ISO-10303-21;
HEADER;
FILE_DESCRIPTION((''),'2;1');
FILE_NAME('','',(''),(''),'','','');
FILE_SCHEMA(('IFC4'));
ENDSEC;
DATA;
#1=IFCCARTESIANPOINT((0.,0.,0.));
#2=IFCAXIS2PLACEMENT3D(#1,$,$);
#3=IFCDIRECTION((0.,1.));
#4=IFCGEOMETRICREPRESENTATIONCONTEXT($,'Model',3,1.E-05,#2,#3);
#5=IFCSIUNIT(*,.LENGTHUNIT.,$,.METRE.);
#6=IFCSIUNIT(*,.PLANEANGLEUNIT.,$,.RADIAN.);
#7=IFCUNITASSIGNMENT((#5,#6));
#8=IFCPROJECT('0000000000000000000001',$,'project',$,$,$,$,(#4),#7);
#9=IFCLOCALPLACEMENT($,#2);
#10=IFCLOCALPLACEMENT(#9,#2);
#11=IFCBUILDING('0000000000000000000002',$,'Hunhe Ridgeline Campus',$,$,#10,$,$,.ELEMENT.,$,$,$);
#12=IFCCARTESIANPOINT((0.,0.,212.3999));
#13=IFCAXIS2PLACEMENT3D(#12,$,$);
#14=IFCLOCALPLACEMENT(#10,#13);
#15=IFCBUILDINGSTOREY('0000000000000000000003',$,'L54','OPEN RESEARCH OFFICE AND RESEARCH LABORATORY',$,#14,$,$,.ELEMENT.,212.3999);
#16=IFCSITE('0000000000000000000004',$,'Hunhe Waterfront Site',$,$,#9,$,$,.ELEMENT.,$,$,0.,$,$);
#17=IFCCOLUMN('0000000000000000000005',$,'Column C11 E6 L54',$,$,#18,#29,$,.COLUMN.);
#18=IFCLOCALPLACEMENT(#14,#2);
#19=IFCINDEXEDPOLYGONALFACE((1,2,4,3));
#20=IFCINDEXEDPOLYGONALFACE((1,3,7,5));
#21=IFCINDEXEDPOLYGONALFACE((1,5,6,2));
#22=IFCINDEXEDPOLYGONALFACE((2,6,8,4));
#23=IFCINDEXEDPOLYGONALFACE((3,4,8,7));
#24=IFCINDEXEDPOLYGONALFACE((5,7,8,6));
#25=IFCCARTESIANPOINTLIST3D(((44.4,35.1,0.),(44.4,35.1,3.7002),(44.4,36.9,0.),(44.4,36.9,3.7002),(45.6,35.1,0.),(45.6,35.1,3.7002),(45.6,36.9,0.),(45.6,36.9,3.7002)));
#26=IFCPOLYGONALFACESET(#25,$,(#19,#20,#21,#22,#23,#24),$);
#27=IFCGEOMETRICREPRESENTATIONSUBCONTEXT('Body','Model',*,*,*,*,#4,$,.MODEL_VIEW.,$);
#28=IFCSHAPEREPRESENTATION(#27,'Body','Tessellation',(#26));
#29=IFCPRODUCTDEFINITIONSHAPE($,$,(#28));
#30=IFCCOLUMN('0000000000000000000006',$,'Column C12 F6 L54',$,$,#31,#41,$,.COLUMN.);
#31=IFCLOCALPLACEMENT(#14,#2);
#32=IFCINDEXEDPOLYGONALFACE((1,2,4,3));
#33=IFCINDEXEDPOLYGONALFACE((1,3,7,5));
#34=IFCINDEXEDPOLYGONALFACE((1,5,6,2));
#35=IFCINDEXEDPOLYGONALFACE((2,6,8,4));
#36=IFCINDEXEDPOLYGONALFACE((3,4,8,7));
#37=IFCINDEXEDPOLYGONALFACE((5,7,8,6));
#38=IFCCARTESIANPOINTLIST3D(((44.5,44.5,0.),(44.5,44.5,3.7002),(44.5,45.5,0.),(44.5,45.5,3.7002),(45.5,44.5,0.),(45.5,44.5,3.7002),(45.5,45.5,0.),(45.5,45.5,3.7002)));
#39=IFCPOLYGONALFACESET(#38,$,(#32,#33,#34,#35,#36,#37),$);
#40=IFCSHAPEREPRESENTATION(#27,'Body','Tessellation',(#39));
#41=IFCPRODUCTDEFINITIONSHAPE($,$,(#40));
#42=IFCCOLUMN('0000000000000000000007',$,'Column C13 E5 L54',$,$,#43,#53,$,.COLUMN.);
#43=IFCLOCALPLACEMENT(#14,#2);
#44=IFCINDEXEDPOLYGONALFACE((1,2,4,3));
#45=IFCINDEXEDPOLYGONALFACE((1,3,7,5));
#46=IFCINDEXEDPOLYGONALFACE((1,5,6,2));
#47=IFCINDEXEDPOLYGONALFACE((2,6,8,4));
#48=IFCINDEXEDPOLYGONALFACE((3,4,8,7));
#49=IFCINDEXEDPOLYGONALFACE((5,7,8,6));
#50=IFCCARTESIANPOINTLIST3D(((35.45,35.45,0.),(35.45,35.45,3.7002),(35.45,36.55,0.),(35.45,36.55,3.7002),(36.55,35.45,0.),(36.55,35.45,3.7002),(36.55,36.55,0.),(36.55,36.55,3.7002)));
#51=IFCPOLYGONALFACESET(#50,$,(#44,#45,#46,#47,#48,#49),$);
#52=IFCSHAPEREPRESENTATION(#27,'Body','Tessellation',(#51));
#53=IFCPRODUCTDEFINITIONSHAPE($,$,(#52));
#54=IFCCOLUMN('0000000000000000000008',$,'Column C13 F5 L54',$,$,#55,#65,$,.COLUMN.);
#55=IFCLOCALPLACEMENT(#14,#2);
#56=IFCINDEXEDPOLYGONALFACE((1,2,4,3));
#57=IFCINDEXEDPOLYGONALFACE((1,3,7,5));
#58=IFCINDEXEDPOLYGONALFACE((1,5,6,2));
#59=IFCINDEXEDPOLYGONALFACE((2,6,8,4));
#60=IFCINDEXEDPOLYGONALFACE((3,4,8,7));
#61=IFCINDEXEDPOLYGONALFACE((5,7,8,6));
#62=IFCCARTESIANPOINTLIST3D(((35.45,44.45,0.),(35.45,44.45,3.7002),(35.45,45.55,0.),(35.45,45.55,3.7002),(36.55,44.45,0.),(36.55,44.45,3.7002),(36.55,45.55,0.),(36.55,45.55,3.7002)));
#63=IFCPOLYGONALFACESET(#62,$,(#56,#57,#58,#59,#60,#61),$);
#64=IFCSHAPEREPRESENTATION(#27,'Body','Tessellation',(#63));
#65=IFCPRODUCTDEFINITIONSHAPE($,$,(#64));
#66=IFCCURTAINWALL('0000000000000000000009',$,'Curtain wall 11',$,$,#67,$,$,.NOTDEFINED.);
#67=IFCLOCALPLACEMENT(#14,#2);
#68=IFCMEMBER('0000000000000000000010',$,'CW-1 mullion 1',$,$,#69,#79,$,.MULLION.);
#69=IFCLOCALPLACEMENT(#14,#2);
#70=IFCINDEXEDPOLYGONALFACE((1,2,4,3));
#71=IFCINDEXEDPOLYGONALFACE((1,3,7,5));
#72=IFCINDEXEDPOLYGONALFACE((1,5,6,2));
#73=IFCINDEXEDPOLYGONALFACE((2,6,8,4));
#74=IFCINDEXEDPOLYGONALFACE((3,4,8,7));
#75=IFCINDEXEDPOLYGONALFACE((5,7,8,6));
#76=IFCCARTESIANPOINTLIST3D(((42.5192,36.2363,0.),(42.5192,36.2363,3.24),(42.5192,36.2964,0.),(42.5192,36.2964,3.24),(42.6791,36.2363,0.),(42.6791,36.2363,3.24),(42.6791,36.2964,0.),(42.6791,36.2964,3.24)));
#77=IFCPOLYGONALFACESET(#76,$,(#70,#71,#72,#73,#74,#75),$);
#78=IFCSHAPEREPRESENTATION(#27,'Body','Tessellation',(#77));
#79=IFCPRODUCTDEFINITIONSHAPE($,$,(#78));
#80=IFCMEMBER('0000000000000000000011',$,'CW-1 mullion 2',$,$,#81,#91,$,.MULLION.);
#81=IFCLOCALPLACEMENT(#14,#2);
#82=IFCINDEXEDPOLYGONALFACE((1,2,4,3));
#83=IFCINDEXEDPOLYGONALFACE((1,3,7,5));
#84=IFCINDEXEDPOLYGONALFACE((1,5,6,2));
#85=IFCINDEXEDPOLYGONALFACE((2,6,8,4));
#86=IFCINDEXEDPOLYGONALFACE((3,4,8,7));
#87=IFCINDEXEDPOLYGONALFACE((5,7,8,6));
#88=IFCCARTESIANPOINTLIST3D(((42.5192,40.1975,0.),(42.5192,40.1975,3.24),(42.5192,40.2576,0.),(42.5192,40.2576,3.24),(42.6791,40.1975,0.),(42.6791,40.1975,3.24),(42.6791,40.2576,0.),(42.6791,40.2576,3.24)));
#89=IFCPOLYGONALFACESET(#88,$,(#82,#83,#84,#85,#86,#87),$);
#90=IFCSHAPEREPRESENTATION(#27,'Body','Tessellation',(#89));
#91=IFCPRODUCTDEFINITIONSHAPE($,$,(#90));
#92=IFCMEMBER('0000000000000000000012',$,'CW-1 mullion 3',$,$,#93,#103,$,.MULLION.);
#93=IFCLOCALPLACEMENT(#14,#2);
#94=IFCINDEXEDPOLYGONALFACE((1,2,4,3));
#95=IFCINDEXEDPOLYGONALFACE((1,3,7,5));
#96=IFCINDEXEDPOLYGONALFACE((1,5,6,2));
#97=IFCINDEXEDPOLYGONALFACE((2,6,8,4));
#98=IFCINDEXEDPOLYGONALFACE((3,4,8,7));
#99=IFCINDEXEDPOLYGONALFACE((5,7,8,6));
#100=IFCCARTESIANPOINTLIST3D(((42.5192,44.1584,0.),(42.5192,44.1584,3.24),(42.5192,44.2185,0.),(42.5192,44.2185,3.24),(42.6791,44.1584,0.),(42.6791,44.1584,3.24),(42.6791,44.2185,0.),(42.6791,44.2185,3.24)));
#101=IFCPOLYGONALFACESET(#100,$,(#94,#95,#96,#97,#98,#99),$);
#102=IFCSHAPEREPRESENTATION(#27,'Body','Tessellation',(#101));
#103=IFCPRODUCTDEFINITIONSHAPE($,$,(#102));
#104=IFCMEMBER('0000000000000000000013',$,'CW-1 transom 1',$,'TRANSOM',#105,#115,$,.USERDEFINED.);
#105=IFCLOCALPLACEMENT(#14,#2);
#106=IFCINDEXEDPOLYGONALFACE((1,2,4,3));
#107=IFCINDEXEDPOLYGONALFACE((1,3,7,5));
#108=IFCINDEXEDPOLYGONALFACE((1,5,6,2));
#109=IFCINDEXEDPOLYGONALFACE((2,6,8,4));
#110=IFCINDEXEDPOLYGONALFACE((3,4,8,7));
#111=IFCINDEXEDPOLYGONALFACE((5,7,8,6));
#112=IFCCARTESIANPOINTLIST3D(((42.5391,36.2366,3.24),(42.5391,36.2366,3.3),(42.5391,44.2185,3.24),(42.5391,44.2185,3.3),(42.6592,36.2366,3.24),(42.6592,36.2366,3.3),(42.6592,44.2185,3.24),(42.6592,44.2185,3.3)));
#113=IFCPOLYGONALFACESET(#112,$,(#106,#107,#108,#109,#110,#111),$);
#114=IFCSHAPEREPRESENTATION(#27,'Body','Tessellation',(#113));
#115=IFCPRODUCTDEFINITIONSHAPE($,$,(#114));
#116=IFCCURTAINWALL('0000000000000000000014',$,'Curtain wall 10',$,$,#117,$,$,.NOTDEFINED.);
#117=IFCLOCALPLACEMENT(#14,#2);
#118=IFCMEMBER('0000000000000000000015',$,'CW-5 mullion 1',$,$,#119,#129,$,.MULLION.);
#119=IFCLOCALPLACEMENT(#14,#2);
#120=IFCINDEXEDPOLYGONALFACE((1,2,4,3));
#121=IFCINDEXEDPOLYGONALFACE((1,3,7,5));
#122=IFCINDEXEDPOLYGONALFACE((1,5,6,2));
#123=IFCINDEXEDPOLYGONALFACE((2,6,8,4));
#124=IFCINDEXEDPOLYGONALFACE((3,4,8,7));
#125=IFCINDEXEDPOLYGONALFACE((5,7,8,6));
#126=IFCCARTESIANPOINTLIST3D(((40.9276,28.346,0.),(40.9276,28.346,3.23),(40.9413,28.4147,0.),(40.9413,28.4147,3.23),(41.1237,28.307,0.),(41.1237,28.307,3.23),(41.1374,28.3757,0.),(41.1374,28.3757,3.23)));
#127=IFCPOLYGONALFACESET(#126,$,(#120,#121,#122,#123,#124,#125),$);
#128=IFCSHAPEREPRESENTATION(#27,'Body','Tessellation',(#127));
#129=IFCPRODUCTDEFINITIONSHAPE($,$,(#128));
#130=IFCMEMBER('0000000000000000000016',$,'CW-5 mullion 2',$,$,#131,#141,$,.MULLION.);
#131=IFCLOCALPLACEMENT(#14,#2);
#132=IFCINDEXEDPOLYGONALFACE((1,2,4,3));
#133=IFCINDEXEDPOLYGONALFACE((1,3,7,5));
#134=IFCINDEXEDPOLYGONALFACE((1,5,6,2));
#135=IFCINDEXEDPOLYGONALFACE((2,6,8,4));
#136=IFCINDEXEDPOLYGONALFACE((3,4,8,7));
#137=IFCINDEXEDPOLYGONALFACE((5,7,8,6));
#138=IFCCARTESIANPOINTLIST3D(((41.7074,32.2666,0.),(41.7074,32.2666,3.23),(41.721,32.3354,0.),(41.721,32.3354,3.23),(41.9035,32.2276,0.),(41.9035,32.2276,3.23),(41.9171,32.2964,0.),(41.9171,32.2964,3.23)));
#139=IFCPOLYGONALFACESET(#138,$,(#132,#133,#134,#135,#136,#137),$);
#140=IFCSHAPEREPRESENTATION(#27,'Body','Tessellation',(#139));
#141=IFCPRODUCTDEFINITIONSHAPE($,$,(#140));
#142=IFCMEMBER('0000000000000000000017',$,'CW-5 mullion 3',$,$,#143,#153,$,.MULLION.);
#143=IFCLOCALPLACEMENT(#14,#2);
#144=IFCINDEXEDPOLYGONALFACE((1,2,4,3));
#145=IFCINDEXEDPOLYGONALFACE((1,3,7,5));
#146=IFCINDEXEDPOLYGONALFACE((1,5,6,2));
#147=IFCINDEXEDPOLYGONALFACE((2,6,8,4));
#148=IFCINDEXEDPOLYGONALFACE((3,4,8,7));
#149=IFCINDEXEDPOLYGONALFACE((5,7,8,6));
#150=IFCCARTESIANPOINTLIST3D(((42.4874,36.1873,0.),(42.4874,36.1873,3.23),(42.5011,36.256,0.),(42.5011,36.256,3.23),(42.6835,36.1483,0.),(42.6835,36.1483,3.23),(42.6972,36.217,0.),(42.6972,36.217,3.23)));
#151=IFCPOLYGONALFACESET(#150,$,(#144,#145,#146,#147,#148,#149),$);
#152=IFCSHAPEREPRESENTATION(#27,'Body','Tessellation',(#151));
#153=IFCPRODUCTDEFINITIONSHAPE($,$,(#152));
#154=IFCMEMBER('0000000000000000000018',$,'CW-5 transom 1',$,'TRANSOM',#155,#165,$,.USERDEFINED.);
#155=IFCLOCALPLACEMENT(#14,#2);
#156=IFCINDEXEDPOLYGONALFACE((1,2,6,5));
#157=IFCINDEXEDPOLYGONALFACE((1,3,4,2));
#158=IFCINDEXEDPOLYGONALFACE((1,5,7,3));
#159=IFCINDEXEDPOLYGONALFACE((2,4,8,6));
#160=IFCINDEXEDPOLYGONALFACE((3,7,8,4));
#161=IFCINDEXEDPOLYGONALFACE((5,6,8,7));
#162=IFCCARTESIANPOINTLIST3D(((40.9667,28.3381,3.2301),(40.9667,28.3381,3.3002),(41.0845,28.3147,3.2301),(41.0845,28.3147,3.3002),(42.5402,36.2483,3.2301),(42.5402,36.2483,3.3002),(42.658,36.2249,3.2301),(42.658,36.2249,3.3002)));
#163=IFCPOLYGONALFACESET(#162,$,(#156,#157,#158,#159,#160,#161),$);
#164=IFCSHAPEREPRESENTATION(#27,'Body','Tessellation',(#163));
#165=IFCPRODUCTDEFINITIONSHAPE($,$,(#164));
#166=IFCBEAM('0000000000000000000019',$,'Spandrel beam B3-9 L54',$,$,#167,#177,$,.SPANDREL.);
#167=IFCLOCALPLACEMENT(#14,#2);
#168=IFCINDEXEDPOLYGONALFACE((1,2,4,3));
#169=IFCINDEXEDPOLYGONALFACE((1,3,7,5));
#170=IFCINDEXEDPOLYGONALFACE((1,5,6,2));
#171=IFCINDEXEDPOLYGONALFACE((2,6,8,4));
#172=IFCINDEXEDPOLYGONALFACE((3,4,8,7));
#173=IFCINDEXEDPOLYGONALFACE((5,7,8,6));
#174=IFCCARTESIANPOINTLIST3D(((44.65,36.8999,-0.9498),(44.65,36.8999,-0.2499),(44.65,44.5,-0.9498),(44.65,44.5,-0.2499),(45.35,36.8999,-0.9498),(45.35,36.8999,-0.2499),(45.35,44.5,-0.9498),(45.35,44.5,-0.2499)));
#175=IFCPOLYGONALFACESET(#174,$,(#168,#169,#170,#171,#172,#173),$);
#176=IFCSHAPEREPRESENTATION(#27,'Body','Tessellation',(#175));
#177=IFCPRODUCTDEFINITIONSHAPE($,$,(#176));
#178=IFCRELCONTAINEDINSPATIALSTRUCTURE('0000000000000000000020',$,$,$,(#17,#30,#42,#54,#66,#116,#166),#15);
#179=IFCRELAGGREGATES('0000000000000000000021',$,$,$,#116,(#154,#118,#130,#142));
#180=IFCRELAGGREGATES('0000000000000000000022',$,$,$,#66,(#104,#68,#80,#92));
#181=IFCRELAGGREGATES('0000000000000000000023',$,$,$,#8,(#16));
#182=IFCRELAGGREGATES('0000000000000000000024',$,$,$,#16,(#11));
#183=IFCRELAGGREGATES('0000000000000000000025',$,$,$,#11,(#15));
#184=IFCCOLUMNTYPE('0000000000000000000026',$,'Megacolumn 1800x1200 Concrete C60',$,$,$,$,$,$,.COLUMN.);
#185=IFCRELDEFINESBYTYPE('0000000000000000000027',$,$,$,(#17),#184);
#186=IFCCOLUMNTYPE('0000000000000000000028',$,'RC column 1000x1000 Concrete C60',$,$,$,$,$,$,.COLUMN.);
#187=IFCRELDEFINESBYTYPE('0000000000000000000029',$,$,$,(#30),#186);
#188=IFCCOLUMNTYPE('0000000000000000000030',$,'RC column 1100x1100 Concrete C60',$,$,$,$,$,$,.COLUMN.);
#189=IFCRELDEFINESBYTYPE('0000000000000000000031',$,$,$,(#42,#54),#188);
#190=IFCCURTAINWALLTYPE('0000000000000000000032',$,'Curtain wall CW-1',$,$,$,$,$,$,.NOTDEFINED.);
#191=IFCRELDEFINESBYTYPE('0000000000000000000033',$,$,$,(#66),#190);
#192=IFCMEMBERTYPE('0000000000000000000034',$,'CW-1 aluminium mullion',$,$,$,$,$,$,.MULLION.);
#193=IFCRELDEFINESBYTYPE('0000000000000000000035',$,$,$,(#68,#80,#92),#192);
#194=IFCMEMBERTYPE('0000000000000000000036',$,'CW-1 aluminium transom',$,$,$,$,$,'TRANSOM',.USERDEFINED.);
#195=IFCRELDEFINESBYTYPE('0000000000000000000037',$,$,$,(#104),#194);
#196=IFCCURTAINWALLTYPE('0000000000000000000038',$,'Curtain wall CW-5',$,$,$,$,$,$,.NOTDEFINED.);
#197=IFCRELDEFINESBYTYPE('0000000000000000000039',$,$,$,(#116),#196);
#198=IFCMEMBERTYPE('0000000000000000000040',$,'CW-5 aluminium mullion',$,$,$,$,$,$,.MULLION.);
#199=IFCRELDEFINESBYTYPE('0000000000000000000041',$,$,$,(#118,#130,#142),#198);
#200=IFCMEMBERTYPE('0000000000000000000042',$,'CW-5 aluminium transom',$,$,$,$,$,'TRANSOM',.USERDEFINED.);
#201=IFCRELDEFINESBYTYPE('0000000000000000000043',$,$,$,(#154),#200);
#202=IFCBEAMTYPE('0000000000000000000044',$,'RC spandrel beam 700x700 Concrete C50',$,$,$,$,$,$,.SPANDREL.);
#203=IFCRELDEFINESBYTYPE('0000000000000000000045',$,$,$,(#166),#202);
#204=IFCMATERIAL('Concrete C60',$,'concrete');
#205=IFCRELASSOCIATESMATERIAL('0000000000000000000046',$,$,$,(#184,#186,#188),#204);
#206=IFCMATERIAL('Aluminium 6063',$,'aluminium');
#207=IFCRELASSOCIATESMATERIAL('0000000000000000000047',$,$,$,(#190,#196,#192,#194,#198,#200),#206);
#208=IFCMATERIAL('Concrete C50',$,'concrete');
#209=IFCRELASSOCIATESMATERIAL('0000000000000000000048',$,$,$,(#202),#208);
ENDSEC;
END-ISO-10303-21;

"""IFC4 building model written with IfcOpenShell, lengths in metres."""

from ifc_helpers import new_model, si_unit, direction, frame, origin, origin_2d, place, context, subcontext, project, spatial, rectangle, extrude, material, material_profile, profile_set, type_object, element, aggregate, save


model = new_model("IFC4")

# Units and contexts
model_context = context("Model", 3, precision=1e-05, world=origin(), true_north=direction((0.0, 1.0)))
body_context = subcontext(model_context, "Body", "Model", "MODEL_VIEW")
ifc_project = project(units=[si_unit("LENGTHUNIT", "METRE"), si_unit("PLANEANGLEUNIT", "RADIAN")], contexts=[model_context])

# Site, building, storey
site_placement = place(None, origin())
site = spatial("IfcSite", under=ifc_project, at=site_placement, Name="Hunhe Waterfront Site", CompositionType="ELEMENT", RefElevation=0.0)
building_placement = place(site_placement, origin())
building = spatial("IfcBuilding", under=site, at=building_placement, Name="Hunhe Ridgeline Campus", CompositionType="ELEMENT")
storey_placement = place(building_placement, frame((0.0, 0.0, 212.3999)))
storey = spatial("IfcBuildingStorey", under=building, at=storey_placement, Name="L54", Description="OPEN RESEARCH OFFICE AND RESEARCH LABORATORY", CompositionType="ELEMENT", Elevation=212.3999)

# Columns
ifc_material_1 = material(Name="Concrete C60", Category="concrete")
ifc_material_profile_1 = material_profile(ifc_material_1, rectangle(XDim=1.8, YDim=1.2, at=origin_2d()))
ifc_profile_set_1 = profile_set([ifc_material_profile_1], Name="Concrete C60")
column_type_1 = type_object("IfcColumnType", Name="Megacolumn 1800x1200 Concrete C60", PredefinedType="COLUMN", material=ifc_profile_set_1)
column_1_placement = place(storey_placement, frame((45.0, 36.0, 0.0), z_axis=(0.0, 0.0, 1.0), x_axis=(0.0, 1.0, 0.0)))
element("IfcColumn", 1, at=column_1_placement, inside=storey, type_object=column_type_1, Name="Column C11 E6 L54", PredefinedType="COLUMN", context=body_context, shape_type="SweptSolid", body=[
    extrude(rectangle(XDim=1.8, YDim=1.2, at=origin_2d()), origin(), (0.0, 0.0, 1.0), 3.7002),
])
ifc_material_profile_2 = material_profile(ifc_material_1, rectangle(XDim=1.0, YDim=1.0, at=origin_2d()))
ifc_profile_set_2 = profile_set([ifc_material_profile_2], Name="Concrete C60")
column_type_2 = type_object("IfcColumnType", Name="RC column 1000x1000 Concrete C60", PredefinedType="COLUMN", material=ifc_profile_set_2)
column_2_placement = place(storey_placement, frame((45.0, 45.0, 0.0), z_axis=(0.0, 0.0, 1.0), x_axis=(1.0, 0.0, 0.0)))
element("IfcColumn", 2, at=column_2_placement, inside=storey, type_object=column_type_2, Name="Column C12 F6 L54", PredefinedType="COLUMN", context=body_context, shape_type="SweptSolid", body=[
    extrude(rectangle(XDim=1.0, YDim=1.0, at=origin_2d()), origin(), (0.0, 0.0, 1.0), 3.7002),
])
ifc_material_profile_3 = material_profile(ifc_material_1, rectangle(XDim=1.1001, YDim=1.1001, at=origin_2d()))
ifc_profile_set_3 = profile_set([ifc_material_profile_3], Name="Concrete C60")
column_type_3 = type_object("IfcColumnType", Name="RC column 1100x1100 Concrete C60", PredefinedType="COLUMN", material=ifc_profile_set_3)
for number, where, z_axis, x_axis, name in (
    (3, (36.0, 36.0, 0.0), (0.0, 0.0, 1.0), (1.0, 0.0, 0.0), "Column C13 E5 L54"),
    (4, (36.0, 45.0, 0.0), (0.0, 0.0, 1.0), (1.0, 0.0, 0.0), "Column C13 F5 L54"),
):
    element("IfcColumn", number, at=place(storey_placement, frame(where, z_axis=z_axis, x_axis=x_axis)), inside=storey, type_object=column_type_3, Name=name, PredefinedType="COLUMN", context=body_context, shape_type="SweptSolid", body=[
        extrude(rectangle(XDim=1.1001, YDim=1.1001, at=origin_2d()), origin(), (0.0, 0.0, 1.0), 3.7002),
    ])

# Curtain walls, members
ifc_material_2 = material(Name="Aluminium 6063", Category="aluminium")
curtain_wall_type_1 = type_object("IfcCurtainWallType", Name="Curtain wall CW-1", PredefinedType="NOTDEFINED", material=ifc_material_2)
curtain_wall_1_placement = place(storey_placement, origin())
curtain_wall_1 = element("IfcCurtainWall", 5, at=curtain_wall_1_placement, inside=storey, type_object=curtain_wall_type_1, Name="Curtain wall 11", PredefinedType="NOTDEFINED")
ifc_material_profile_4 = material_profile(ifc_material_2, rectangle(XDim=0.1599, YDim=0.0601, at=origin_2d()))
ifc_profile_set_4 = profile_set([ifc_material_profile_4], Name="Aluminium 6063")
member_type_1 = type_object("IfcMemberType", Name="CW-1 aluminium mullion", PredefinedType="MULLION", material=ifc_profile_set_4)
member_1_placement = place(storey_placement, frame((42.5991, 36.2664, 0.0), z_axis=(0.0, 0.0, 1.0), x_axis=(-1.0, 0.000007, 0.0)))
member_1 = element("IfcMember", 6, at=member_1_placement, type_object=member_type_1, Name="CW-1 mullion 1", PredefinedType="MULLION", context=body_context, shape_type="SweptSolid", body=[
    extrude(rectangle(XDim=0.1599, YDim=0.0601, at=origin_2d()), origin(), (0.0, 0.0, 1.0), 3.24),
])
member_2_placement = place(storey_placement, frame((42.5991, 40.2275, 0.0), z_axis=(0.0, 0.0, 1.0), x_axis=(-1.0, 0.000007, 0.0)))
member_2 = element("IfcMember", 7, at=member_2_placement, type_object=member_type_1, Name="CW-1 mullion 2", PredefinedType="MULLION", context=body_context, shape_type="SweptSolid", body=[
    extrude(rectangle(XDim=0.1599, YDim=0.0601, at=origin_2d()), origin(), (0.0, 0.0, 1.0), 3.24),
])
member_3_placement = place(storey_placement, frame((42.5991, 44.1885, 0.0), z_axis=(0.0, 0.0, 1.0), x_axis=(-1.0, 0.000007, 0.0)))
member_3 = element("IfcMember", 8, at=member_3_placement, type_object=member_type_1, Name="CW-1 mullion 3", PredefinedType="MULLION", context=body_context, shape_type="SweptSolid", body=[
    extrude(rectangle(XDim=0.1599, YDim=0.0601, at=origin_2d()), origin(), (0.0, 0.0, 1.0), 3.24),
])
ifc_material_profile_5 = material_profile(ifc_material_2, rectangle(XDim=0.1201, YDim=0.0601, at=origin_2d()))
ifc_profile_set_5 = profile_set([ifc_material_profile_5], Name="Aluminium 6063")
member_type_2 = type_object("IfcMemberType", Name="CW-1 aluminium transom", ElementType="TRANSOM", PredefinedType="USERDEFINED", material=ifc_profile_set_5)
member_4_placement = place(storey_placement, frame((42.5991, 36.2366, 3.27), z_axis=(0.0, 1.0, 0.0), x_axis=(-1.0, 0.0, 0.0)))
member_4 = element("IfcMember", 9, at=member_4_placement, type_object=member_type_2, Name="CW-1 transom 1", ObjectType="TRANSOM", PredefinedType="USERDEFINED", context=body_context, shape_type="SweptSolid", body=[
    extrude(rectangle(XDim=0.1201, YDim=0.0601, at=origin_2d()), origin(), (0.0, 0.0, 1.0), 7.9819),
])
curtain_wall_type_2 = type_object("IfcCurtainWallType", Name="Curtain wall CW-5", PredefinedType="NOTDEFINED", material=ifc_material_2)
curtain_wall_2_placement = place(storey_placement, origin())
curtain_wall_2 = element("IfcCurtainWall", 10, at=curtain_wall_2_placement, inside=storey, type_object=curtain_wall_type_2, Name="Curtain wall 10", PredefinedType="NOTDEFINED")
ifc_material_profile_6 = material_profile(ifc_material_2, rectangle(XDim=0.2, YDim=0.0701, at=origin_2d()))
ifc_profile_set_6 = profile_set([ifc_material_profile_6], Name="Aluminium 6063")
member_type_3 = type_object("IfcMemberType", Name="CW-5 aluminium mullion", PredefinedType="MULLION", material=ifc_profile_set_6)
member_5_placement = place(storey_placement, frame((41.0325, 28.3608, 0.0), z_axis=(0.0, 0.0, 1.0), x_axis=(-0.980785, 0.19509, 0.0)))
member_5 = element("IfcMember", 11, at=member_5_placement, type_object=member_type_3, Name="CW-5 mullion 1", PredefinedType="MULLION", context=body_context, shape_type="SweptSolid", body=[
    extrude(rectangle(XDim=0.2, YDim=0.0701, at=origin_2d()), origin(), (0.0, 0.0, 1.0), 3.23),
])
member_6_placement = place(storey_placement, frame((41.8123, 32.2815, 0.0), z_axis=(0.0, 0.0, 1.0), x_axis=(-0.980785, 0.19509, 0.0)))
member_6 = element("IfcMember", 12, at=member_6_placement, type_object=member_type_3, Name="CW-5 mullion 2", PredefinedType="MULLION", context=body_context, shape_type="SweptSolid", body=[
    extrude(rectangle(XDim=0.2, YDim=0.0701, at=origin_2d()), origin(), (0.0, 0.0, 1.0), 3.23),
])
member_7_placement = place(storey_placement, frame((42.5923, 36.2021, 0.0), z_axis=(0.0, 0.0, 1.0), x_axis=(-0.980785, 0.19509, 0.0)))
member_7 = element("IfcMember", 13, at=member_7_placement, type_object=member_type_3, Name="CW-5 mullion 3", PredefinedType="MULLION", context=body_context, shape_type="SweptSolid", body=[
    extrude(rectangle(XDim=0.2, YDim=0.0701, at=origin_2d()), origin(), (0.0, 0.0, 1.0), 3.23),
])
ifc_material_profile_7 = material_profile(ifc_material_2, rectangle(XDim=0.1201, YDim=0.0701, at=origin_2d()))
ifc_profile_set_7 = profile_set([ifc_material_profile_7], Name="Aluminium 6063")
member_type_4 = type_object("IfcMemberType", Name="CW-5 aluminium transom", ElementType="TRANSOM", PredefinedType="USERDEFINED", material=ifc_profile_set_7)
member_8_placement = place(storey_placement, frame((41.0256, 28.3264, 3.2651), z_axis=(0.195097, 0.980784, 0.0), x_axis=(-0.980784, 0.195097, 0.0)))
member_8 = element("IfcMember", 14, at=member_8_placement, type_object=member_type_4, Name="CW-5 transom 1", ObjectType="TRANSOM", PredefinedType="USERDEFINED", context=body_context, shape_type="SweptSolid", body=[
    extrude(rectangle(XDim=0.1201, YDim=0.0701, at=origin_2d()), origin(), (0.0, 0.0, 1.0), 8.0652),
])

# Beam
ifc_material_3 = material(Name="Concrete C50", Category="concrete")
ifc_material_profile_8 = material_profile(ifc_material_3, rectangle(XDim=0.7, YDim=0.7, at=origin_2d()))
ifc_profile_set_8 = profile_set([ifc_material_profile_8], Name="Concrete C50")
beam_type = type_object("IfcBeamType", Name="RC spandrel beam 700x700 Concrete C50", PredefinedType="SPANDREL", material=ifc_profile_set_8)
beam_placement = place(storey_placement, frame((45.0, 36.8999, -0.5999), z_axis=(0.0, 1.0, 0.0), x_axis=(-1.0, 0.0, 0.0)))
element("IfcBeam", 15, at=beam_placement, inside=storey, type_object=beam_type, Name="Spandrel beam B3-9 L54", PredefinedType="SPANDREL", context=body_context, shape_type="SweptSolid", body=[
    extrude(rectangle(XDim=0.7, YDim=0.7, at=origin_2d()), origin(), (0.0, 0.0, 1.0), 7.6001),
])

aggregate(curtain_wall_2, [member_8, member_5, member_6, member_7])
aggregate(curtain_wall_1, [member_4, member_1, member_2, member_3])

save(model, "model.ifc")
